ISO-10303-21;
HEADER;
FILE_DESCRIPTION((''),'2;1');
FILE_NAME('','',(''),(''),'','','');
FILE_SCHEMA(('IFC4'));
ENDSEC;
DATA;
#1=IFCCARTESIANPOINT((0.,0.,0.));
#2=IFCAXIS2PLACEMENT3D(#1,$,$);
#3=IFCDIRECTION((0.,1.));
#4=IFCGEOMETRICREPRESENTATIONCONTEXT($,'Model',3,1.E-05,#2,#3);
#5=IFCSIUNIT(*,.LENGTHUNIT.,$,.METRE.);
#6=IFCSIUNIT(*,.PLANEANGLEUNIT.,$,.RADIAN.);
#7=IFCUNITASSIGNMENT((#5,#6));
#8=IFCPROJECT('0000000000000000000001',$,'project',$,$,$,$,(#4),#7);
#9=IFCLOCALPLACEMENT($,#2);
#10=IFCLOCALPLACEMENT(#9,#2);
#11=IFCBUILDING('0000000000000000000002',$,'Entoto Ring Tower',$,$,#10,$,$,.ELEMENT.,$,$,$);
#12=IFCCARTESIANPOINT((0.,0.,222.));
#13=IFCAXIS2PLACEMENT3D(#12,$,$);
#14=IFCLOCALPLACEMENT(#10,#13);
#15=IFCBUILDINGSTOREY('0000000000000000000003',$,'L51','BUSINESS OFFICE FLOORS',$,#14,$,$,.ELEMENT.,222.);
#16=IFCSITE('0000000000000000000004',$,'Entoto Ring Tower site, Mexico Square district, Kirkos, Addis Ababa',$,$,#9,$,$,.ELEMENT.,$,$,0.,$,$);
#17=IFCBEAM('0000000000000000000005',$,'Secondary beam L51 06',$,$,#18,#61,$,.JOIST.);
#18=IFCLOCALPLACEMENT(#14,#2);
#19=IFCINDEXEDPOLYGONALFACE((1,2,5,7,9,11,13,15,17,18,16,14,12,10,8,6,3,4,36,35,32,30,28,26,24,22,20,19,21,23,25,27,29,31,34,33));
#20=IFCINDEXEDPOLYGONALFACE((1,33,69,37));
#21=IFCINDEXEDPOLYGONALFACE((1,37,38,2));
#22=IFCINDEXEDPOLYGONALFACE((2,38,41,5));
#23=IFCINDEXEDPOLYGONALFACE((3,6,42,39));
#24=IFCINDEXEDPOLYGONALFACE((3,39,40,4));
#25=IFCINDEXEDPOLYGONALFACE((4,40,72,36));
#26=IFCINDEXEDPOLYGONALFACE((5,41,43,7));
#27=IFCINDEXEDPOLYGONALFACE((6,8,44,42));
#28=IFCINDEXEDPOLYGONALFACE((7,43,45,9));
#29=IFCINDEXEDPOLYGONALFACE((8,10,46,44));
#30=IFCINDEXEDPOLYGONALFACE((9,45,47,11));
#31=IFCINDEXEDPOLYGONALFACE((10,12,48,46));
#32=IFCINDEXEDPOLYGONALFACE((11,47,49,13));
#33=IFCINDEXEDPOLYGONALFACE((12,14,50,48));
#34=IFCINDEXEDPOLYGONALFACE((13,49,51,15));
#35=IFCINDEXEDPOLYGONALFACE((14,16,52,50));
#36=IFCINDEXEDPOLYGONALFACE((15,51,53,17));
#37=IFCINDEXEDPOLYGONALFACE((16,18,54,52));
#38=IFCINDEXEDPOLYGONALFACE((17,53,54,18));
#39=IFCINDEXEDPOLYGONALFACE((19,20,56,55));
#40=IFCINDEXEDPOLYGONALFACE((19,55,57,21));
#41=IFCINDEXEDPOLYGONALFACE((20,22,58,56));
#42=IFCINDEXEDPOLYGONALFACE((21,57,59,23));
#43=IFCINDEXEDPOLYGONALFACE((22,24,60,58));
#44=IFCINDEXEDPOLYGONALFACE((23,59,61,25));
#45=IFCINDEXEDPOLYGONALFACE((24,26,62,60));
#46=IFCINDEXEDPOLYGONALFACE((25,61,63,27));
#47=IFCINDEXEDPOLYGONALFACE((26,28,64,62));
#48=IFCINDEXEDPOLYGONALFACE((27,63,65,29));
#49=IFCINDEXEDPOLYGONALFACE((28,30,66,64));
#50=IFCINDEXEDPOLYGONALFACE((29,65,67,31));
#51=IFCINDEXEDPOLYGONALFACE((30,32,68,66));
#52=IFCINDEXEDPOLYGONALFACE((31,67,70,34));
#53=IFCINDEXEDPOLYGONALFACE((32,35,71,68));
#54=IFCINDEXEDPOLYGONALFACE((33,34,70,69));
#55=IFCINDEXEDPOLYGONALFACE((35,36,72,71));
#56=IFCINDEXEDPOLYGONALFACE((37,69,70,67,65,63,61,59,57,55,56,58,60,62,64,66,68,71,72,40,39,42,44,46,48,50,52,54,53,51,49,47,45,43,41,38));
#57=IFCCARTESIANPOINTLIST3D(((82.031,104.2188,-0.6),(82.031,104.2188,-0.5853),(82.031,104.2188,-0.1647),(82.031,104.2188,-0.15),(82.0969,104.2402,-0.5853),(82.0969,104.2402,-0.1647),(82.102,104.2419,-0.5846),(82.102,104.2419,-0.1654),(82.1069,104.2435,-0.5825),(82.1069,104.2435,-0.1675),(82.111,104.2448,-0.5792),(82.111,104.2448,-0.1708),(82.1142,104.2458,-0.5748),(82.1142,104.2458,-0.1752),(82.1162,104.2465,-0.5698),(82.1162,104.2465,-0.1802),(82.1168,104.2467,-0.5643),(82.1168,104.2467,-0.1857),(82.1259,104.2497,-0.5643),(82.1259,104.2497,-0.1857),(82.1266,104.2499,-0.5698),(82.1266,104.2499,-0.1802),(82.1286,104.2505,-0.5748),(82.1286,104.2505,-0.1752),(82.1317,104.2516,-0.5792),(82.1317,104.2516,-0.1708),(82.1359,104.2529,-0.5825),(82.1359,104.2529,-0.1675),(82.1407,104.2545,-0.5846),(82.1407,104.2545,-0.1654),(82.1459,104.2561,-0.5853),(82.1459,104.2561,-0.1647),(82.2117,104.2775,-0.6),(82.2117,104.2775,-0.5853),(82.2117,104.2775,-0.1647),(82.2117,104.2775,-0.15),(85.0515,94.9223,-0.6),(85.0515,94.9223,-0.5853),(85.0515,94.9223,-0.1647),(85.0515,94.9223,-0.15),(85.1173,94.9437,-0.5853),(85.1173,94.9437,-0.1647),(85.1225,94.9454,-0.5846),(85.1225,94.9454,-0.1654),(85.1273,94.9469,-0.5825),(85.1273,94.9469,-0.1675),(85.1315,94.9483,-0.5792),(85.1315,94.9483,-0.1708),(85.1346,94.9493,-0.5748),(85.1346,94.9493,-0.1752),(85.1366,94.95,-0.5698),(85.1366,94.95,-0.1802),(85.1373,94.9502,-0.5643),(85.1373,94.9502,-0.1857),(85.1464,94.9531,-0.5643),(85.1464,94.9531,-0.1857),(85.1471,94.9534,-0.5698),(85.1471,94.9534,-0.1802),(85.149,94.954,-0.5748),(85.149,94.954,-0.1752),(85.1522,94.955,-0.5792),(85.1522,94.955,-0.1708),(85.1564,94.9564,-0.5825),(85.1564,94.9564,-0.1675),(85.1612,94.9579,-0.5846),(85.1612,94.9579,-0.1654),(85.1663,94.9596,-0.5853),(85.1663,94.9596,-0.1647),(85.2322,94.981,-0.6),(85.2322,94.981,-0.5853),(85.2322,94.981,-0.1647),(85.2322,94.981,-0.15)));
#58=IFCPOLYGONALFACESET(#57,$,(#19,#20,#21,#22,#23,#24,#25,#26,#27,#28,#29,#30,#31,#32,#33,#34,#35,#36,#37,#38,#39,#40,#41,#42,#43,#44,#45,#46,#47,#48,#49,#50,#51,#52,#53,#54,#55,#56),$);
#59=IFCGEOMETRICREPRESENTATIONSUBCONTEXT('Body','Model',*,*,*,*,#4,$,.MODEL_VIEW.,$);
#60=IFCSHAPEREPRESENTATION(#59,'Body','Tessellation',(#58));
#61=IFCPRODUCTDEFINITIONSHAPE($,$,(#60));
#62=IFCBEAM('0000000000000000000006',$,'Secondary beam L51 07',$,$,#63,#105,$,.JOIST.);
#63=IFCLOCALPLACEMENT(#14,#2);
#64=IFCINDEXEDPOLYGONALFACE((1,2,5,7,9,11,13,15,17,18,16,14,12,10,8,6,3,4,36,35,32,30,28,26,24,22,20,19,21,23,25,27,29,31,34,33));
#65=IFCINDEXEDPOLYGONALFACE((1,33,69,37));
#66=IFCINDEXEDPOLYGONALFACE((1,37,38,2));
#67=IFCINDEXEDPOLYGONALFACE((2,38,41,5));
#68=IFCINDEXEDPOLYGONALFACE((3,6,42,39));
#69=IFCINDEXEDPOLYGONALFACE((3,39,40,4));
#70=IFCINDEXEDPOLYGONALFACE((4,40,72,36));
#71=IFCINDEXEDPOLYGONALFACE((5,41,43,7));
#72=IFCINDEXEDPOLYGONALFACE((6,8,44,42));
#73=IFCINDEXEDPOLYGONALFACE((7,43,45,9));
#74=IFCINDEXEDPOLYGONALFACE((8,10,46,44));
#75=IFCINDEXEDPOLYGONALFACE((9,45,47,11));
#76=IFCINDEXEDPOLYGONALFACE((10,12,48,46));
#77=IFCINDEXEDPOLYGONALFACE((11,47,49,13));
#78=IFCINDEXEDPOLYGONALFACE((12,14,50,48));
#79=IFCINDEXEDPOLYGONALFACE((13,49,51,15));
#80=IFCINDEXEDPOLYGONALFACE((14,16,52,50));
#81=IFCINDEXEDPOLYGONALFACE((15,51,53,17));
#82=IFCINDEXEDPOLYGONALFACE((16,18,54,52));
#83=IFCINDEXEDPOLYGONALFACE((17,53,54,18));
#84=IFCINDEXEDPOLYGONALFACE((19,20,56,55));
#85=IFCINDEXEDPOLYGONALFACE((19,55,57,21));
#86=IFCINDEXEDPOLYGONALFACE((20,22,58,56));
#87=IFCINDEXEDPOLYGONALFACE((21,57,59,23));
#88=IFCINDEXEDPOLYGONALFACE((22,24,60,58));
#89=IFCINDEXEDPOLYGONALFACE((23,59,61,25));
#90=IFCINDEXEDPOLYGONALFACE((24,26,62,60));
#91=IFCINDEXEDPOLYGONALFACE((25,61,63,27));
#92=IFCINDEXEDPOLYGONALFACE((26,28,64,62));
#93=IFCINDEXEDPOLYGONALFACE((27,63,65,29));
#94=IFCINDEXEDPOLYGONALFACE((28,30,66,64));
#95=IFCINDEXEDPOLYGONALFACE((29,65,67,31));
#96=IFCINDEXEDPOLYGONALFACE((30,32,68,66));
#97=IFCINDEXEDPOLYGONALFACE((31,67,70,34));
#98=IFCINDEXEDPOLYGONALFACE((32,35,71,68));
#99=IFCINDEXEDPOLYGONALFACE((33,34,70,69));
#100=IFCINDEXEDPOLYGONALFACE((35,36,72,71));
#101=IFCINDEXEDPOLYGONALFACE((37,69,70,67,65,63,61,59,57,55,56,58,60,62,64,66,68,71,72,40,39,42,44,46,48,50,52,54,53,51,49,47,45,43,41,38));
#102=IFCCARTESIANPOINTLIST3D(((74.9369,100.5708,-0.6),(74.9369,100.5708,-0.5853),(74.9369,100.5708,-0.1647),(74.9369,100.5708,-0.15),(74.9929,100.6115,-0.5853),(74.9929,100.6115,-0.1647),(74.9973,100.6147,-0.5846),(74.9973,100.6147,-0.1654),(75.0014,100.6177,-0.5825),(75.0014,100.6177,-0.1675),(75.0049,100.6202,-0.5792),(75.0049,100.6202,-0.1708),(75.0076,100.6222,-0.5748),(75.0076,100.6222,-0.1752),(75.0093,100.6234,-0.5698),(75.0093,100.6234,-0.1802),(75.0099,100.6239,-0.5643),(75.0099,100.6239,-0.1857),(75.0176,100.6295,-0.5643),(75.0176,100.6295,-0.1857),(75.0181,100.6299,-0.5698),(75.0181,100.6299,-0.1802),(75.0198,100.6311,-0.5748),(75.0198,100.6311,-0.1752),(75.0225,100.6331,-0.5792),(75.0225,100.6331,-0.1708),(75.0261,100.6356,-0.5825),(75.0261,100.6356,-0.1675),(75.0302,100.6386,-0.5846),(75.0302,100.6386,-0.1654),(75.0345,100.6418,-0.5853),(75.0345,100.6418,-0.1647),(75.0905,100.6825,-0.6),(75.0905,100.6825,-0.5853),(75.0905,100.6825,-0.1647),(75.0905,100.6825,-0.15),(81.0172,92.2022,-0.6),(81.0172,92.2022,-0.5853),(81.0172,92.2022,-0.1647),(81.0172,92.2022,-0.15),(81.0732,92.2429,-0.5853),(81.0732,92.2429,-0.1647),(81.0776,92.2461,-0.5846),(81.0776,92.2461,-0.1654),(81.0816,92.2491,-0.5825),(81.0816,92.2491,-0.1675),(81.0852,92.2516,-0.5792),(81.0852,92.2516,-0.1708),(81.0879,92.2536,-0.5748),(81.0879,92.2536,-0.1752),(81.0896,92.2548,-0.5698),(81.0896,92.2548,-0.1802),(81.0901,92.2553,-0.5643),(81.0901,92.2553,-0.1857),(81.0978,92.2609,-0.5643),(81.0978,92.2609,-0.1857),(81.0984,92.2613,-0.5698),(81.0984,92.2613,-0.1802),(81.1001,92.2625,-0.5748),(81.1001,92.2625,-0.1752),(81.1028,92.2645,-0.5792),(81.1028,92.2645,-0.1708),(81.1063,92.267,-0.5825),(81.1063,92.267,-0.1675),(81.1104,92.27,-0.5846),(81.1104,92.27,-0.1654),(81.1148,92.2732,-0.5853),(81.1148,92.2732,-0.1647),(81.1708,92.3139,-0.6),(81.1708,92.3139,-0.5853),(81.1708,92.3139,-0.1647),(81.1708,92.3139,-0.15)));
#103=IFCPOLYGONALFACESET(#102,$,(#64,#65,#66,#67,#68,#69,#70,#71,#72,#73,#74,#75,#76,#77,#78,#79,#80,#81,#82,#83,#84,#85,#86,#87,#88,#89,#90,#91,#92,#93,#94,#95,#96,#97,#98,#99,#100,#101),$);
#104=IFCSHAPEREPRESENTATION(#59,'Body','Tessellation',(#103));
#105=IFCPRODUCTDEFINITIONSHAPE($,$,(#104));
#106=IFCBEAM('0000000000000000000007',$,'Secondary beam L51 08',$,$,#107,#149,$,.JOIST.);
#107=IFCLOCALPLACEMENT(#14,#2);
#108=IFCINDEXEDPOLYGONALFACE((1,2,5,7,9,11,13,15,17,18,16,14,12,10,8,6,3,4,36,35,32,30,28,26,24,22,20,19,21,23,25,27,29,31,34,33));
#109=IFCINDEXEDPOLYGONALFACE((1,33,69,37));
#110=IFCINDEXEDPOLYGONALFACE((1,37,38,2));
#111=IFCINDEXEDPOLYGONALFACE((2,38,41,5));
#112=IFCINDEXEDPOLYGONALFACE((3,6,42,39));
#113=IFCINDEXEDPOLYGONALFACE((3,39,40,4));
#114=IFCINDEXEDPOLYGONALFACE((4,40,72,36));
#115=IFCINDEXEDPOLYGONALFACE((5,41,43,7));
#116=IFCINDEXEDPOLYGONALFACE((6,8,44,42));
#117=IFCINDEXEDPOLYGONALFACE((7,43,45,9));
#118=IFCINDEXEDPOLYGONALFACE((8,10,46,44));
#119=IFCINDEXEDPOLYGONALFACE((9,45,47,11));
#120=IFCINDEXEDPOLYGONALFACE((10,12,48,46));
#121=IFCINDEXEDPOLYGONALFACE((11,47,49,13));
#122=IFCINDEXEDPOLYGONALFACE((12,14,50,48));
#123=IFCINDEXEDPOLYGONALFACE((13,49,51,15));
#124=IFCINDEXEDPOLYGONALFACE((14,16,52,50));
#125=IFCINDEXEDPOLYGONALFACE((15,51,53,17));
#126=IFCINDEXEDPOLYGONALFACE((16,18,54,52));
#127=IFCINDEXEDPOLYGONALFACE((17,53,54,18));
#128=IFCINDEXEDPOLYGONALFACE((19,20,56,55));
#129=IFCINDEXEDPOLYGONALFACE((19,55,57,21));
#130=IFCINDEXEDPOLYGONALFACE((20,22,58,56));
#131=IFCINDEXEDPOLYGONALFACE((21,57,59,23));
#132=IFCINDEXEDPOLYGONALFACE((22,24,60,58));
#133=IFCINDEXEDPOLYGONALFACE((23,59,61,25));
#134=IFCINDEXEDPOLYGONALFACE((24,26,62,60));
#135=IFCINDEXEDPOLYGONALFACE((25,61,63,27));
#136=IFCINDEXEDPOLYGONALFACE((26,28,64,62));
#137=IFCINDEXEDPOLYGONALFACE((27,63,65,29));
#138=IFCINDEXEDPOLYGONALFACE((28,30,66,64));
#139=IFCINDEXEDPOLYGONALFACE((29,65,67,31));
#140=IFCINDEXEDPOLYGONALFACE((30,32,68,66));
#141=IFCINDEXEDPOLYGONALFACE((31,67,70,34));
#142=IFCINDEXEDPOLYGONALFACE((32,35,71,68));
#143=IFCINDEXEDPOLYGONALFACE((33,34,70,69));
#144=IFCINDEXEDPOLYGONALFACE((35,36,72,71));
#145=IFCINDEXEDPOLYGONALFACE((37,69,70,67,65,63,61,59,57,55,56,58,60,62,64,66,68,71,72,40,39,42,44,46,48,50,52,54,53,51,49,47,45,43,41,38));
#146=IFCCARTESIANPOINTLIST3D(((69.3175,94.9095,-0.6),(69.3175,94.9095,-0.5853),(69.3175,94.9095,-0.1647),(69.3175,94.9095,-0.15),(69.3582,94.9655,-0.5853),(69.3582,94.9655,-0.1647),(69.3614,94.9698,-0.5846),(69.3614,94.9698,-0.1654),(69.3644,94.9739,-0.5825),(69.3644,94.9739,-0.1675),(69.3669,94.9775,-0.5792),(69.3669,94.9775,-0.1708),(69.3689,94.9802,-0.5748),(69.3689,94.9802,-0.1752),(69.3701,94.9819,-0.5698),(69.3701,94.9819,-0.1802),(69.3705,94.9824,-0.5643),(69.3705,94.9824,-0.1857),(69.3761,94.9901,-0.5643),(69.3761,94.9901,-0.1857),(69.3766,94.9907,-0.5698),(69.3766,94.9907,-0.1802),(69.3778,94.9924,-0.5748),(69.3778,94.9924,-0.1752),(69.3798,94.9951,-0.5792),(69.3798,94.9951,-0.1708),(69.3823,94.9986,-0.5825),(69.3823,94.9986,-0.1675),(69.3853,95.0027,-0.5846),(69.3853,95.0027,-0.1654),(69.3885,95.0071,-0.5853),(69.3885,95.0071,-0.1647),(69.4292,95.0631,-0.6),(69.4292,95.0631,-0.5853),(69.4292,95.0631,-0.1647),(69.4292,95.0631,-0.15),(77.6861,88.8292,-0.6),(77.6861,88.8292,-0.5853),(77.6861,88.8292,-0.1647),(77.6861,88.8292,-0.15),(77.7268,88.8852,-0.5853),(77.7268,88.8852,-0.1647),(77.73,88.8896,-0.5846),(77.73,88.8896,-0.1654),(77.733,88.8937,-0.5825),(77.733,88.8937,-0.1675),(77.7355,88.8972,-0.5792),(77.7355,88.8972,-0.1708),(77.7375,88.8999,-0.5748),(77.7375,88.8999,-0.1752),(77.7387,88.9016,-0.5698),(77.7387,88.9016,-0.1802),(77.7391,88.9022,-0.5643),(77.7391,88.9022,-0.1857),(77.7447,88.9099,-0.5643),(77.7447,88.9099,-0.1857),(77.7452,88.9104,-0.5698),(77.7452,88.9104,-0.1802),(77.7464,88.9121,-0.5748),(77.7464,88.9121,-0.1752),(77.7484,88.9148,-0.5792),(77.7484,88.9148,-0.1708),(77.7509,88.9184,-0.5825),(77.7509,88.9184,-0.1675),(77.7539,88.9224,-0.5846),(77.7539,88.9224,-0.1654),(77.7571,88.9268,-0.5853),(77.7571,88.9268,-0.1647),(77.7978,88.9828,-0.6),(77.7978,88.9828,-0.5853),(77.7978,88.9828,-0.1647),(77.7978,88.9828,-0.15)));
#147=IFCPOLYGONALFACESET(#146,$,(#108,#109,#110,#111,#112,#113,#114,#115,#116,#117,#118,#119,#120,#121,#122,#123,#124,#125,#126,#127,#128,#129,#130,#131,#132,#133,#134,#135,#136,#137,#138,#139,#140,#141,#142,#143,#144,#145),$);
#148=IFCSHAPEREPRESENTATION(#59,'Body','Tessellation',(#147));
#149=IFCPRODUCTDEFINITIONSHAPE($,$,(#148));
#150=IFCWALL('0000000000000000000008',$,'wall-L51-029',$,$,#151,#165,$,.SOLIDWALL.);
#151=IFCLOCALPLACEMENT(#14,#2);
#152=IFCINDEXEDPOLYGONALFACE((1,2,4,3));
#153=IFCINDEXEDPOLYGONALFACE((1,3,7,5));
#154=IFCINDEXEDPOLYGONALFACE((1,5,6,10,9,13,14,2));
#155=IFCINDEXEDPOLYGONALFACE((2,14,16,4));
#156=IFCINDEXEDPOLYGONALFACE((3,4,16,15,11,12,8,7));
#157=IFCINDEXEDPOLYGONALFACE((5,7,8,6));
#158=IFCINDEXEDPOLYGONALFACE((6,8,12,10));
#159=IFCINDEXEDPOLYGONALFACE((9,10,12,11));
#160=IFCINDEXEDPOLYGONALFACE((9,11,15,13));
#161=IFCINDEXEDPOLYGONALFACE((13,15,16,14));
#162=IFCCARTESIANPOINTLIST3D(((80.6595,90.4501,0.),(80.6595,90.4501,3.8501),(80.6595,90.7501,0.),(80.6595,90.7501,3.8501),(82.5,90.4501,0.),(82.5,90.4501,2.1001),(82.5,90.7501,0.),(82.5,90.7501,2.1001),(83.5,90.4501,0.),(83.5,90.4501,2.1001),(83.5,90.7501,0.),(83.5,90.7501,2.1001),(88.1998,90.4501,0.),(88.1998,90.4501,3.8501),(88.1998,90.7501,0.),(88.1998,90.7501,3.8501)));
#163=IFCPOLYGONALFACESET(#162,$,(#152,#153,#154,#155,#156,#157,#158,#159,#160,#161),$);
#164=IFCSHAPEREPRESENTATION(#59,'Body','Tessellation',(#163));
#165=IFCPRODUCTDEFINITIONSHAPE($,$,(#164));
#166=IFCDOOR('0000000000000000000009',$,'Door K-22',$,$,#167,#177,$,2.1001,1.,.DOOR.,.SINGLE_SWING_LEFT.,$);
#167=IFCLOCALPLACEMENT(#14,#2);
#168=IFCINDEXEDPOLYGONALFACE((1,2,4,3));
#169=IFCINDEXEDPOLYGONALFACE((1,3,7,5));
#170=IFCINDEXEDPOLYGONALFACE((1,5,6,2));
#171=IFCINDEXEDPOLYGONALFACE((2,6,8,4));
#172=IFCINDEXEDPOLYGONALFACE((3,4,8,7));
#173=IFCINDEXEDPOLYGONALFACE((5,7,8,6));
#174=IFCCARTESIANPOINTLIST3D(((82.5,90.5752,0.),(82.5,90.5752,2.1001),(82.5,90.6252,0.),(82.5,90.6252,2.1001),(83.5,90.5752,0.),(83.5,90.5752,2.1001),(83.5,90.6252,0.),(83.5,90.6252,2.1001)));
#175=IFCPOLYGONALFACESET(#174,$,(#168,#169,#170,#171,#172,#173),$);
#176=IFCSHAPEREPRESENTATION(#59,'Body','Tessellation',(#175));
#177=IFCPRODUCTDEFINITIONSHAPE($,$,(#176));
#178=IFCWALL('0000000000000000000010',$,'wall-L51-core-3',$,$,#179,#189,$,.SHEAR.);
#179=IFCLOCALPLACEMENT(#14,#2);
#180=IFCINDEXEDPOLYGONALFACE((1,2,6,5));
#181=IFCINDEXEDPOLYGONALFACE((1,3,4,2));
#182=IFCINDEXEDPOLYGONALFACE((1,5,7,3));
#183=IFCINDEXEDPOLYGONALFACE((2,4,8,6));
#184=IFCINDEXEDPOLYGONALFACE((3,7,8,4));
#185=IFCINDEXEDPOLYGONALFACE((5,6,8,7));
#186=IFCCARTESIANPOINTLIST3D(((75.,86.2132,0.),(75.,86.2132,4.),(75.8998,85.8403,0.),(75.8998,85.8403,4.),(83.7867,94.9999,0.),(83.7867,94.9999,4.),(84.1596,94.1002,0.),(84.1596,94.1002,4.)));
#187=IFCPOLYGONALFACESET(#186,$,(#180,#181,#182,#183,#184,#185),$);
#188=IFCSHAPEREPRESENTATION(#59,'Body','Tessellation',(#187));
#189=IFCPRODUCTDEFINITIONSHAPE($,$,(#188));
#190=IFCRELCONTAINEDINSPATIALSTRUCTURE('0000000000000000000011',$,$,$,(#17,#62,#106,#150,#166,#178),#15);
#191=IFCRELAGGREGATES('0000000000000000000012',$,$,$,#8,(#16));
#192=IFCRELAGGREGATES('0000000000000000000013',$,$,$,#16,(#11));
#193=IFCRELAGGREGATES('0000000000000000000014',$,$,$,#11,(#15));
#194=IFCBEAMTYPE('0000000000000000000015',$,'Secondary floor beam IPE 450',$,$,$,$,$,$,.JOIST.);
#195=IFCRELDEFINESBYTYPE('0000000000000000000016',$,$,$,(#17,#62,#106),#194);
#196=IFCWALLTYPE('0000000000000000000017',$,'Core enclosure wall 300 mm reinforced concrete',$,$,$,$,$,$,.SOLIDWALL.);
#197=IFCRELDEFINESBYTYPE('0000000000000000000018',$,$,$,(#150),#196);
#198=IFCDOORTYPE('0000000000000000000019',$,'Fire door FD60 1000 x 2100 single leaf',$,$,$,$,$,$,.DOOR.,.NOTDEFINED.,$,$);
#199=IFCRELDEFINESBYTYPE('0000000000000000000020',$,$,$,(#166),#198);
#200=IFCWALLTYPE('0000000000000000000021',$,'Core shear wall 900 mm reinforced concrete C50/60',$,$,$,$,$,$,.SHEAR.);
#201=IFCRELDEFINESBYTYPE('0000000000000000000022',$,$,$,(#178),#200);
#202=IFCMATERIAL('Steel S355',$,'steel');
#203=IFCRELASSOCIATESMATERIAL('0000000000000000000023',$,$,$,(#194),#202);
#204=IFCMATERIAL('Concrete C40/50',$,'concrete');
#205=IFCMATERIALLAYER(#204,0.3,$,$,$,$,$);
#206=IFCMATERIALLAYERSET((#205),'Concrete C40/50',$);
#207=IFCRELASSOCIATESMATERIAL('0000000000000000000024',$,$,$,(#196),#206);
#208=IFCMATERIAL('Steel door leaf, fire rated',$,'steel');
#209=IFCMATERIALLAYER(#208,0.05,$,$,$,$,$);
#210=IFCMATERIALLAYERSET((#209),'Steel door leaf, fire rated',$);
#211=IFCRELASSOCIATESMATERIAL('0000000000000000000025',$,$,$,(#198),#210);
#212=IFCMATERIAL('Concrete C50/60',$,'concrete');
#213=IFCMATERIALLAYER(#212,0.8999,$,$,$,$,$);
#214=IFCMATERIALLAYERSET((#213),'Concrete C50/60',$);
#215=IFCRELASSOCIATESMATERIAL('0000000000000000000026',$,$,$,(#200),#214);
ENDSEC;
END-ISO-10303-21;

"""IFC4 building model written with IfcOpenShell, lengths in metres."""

from ifc_helpers import new_model, si_unit, direction, frame, frame_2d, origin, origin_2d, place, context, subcontext, project, spatial, polyline, rectangle, i_section, outline, extrude, material, layer, layer_set, material_profile, profile_set, type_object, element, fill, save


model = new_model("IFC4")

# Units and contexts
model_context = context("Model", 3, precision=1e-05, world=origin(), true_north=direction((0.0, 1.0)))
body_context = subcontext(model_context, "Body", "Model", "MODEL_VIEW")
ifc_project = project(units=[si_unit("LENGTHUNIT", "METRE"), si_unit("PLANEANGLEUNIT", "RADIAN")], contexts=[model_context])

# Site, building, storey
site_placement = place(None, origin())
site = spatial("IfcSite", under=ifc_project, at=site_placement, Name="Entoto Ring Tower site, Mexico Square district, Kirkos, Addis Ababa", CompositionType="ELEMENT", RefElevation=0.0)
building_placement = place(site_placement, origin())
building = spatial("IfcBuilding", under=site, at=building_placement, Name="Entoto Ring Tower", CompositionType="ELEMENT")
storey_placement = place(building_placement, frame((0.0, 0.0, 222.0)))
storey = spatial("IfcBuildingStorey", under=building, at=storey_placement, Name="L51", Description="BUSINESS OFFICE FLOORS", CompositionType="ELEMENT", Elevation=222.0)

# Beams
ifc_material_1 = material(Name="Steel S355", Category="steel")
ifc_material_profile_1 = material_profile(ifc_material_1, i_section(OverallWidth=0.1899, OverallDepth=0.45, WebThickness=0.0095, FlangeThickness=0.0146, FilletRadius=0.021, at=origin_2d()), Name="IPE 450")
ifc_profile_set_1 = profile_set([ifc_material_profile_1], Name="Steel S355")
beam_type_1 = type_object("IfcBeamType", Name="Secondary floor beam IPE 450", PredefinedType="JOIST", material=ifc_profile_set_1)
beam_1_placement = place(storey_placement, frame((85.1418, 94.9517, -0.375), z_axis=(-0.309003, 0.951061, 0.0), x_axis=(-0.951061, -0.309003, 0.0)))
element("IfcBeam", 1, at=beam_1_placement, inside=storey, type_object=beam_type_1, Name="Secondary beam L51 06", PredefinedType="JOIST", context=body_context, shape_type="SweptSolid", body=[
    extrude(i_section(OverallWidth=0.1899, OverallDepth=0.45, WebThickness=0.0095, FlangeThickness=0.0146, FilletRadius=0.021, at=origin_2d()), origin(), (0.0, 0.0, 1.0), 9.7749),
])
for number, where, z_axis, x_axis, name in (
    (2, (81.094, 92.2581, -0.375), (-0.587794, 0.809011, 0.0), (-0.809011, -0.587794, 0.0), "Secondary beam L51 07"),
    (3, (77.7419, 88.906, -0.375), (-0.809011, 0.587794, 0.0), (-0.587794, -0.809011, 0.0), "Secondary beam L51 08"),
):
    element("IfcBeam", number, at=place(storey_placement, frame(where, z_axis=z_axis, x_axis=x_axis)), inside=storey, type_object=beam_type_1, Name=name, PredefinedType="JOIST", context=body_context, shape_type="SweptSolid", body=[
        extrude(i_section(OverallWidth=0.1899, OverallDepth=0.45, WebThickness=0.0095, FlangeThickness=0.0146, FilletRadius=0.021, at=origin_2d()), origin(), (0.0, 0.0, 1.0), 10.3442),
    ])

# Wall, opening, door
ifc_material_2 = material(Name="Concrete C40/50", Category="concrete")
ifc_layer_1 = layer(ifc_material_2, 0.3)
ifc_layer_set_1 = layer_set([ifc_layer_1], Name="Concrete C40/50")
wall_type_1 = type_object("IfcWallType", Name="Core enclosure wall 300 mm reinforced concrete", PredefinedType="SOLIDWALL", material=ifc_layer_set_1)
wall_1_placement = place(storey_placement, frame((80.6597, 90.6001, 0.0), z_axis=(0.0, 0.0, 1.0), x_axis=(1.0, 0.0, 0.0)))
wall_1 = element("IfcWall", 4, at=wall_1_placement, inside=storey, type_object=wall_type_1, Name="wall-L51-029", PredefinedType="SOLIDWALL", context=body_context, shape_type="SweptSolid", body=[
    extrude(rectangle(XDim=7.5403, YDim=0.3, at=frame_2d((3.77, 0.0))), origin(), (0.0, 0.0, 1.0), 3.8501),
])
opening_1_placement = place(wall_1_placement, frame((1.8403, 0.0, 0.0)))
opening_1 = element("IfcOpeningElement", 5, at=opening_1_placement, cuts=wall_1, PredefinedType="OPENING", context=body_context, shape_type="SweptSolid", body=[
    extrude(rectangle(XDim=1.0, YDim=2.1001, at=frame_2d((0.5, 1.05))), frame((0.0, 0.1602, 0.0), z_axis=(0.0, -1.0, 0.0), x_axis=(1.0, 0.0, 0.0)), (0.0, 0.0, 1.0), 0.3201),
])
ifc_material_3 = material(Name="Steel door leaf, fire rated", Category="steel")
ifc_layer_2 = layer(ifc_material_3, 0.05)
ifc_layer_set_2 = layer_set([ifc_layer_2], Name="Steel door leaf, fire rated")
door_type_1 = type_object("IfcDoorType", Name="Fire door FD60 1000 x 2100 single leaf", OperationType="NOTDEFINED", PredefinedType="DOOR", material=ifc_layer_set_2)
door_1_placement = place(opening_1_placement, frame((1.0, 0.0, 0.0), z_axis=(0.0, 0.0, 1.0), x_axis=(-1.0, 0.0, 0.0)))
door_1 = element("IfcDoor", 6, at=door_1_placement, inside=storey, type_object=door_type_1, Name="Door K-22", OperationType="SINGLE_SWING_LEFT", OverallHeight=2.1001, OverallWidth=1.0, PredefinedType="DOOR", context=body_context, shape_type="SweptSolid", body=[
    extrude(rectangle(XDim=1.0, YDim=2.1001, at=frame_2d((0.5, 1.05))), frame((0.0, 0.0249, 0.0), z_axis=(0.0, -1.0, 0.0), x_axis=(1.0, 0.0, 0.0)), (0.0, 0.0, 1.0), 0.05),
])
fill(opening_1, door_1)

# Wall
ifc_material_4 = material(Name="Concrete C50/60", Category="concrete")
ifc_layer_3 = layer(ifc_material_4, 0.8999)
ifc_layer_set_3 = layer_set([ifc_layer_3], Name="Concrete C50/60")
wall_type_2 = type_object("IfcWallType", Name="Core shear wall 900 mm reinforced concrete C50/60", PredefinedType="SHEAR", material=ifc_layer_set_3)
wall_2_placement = place(storey_placement, frame((83.9731, 94.55, 0.0), z_axis=(0.0, 0.0, 1.0), x_axis=(-0.707107, -0.707107, 0.0)))
element("IfcWall", 7, at=wall_2_placement, inside=storey, type_object=wall_type_2, Name="wall-L51-core-3", PredefinedType="SHEAR", context=body_context, shape_type="SweptSolid", body=[
    extrude(outline(polyline([(-0.1863, -0.45), (12.24, -0.45), (11.8674, 0.45), (0.1863, 0.45), (-0.1863, -0.45)])), origin(), (0.0, 0.0, 1.0), 4.0),
])

save(model, "model.ifc")
